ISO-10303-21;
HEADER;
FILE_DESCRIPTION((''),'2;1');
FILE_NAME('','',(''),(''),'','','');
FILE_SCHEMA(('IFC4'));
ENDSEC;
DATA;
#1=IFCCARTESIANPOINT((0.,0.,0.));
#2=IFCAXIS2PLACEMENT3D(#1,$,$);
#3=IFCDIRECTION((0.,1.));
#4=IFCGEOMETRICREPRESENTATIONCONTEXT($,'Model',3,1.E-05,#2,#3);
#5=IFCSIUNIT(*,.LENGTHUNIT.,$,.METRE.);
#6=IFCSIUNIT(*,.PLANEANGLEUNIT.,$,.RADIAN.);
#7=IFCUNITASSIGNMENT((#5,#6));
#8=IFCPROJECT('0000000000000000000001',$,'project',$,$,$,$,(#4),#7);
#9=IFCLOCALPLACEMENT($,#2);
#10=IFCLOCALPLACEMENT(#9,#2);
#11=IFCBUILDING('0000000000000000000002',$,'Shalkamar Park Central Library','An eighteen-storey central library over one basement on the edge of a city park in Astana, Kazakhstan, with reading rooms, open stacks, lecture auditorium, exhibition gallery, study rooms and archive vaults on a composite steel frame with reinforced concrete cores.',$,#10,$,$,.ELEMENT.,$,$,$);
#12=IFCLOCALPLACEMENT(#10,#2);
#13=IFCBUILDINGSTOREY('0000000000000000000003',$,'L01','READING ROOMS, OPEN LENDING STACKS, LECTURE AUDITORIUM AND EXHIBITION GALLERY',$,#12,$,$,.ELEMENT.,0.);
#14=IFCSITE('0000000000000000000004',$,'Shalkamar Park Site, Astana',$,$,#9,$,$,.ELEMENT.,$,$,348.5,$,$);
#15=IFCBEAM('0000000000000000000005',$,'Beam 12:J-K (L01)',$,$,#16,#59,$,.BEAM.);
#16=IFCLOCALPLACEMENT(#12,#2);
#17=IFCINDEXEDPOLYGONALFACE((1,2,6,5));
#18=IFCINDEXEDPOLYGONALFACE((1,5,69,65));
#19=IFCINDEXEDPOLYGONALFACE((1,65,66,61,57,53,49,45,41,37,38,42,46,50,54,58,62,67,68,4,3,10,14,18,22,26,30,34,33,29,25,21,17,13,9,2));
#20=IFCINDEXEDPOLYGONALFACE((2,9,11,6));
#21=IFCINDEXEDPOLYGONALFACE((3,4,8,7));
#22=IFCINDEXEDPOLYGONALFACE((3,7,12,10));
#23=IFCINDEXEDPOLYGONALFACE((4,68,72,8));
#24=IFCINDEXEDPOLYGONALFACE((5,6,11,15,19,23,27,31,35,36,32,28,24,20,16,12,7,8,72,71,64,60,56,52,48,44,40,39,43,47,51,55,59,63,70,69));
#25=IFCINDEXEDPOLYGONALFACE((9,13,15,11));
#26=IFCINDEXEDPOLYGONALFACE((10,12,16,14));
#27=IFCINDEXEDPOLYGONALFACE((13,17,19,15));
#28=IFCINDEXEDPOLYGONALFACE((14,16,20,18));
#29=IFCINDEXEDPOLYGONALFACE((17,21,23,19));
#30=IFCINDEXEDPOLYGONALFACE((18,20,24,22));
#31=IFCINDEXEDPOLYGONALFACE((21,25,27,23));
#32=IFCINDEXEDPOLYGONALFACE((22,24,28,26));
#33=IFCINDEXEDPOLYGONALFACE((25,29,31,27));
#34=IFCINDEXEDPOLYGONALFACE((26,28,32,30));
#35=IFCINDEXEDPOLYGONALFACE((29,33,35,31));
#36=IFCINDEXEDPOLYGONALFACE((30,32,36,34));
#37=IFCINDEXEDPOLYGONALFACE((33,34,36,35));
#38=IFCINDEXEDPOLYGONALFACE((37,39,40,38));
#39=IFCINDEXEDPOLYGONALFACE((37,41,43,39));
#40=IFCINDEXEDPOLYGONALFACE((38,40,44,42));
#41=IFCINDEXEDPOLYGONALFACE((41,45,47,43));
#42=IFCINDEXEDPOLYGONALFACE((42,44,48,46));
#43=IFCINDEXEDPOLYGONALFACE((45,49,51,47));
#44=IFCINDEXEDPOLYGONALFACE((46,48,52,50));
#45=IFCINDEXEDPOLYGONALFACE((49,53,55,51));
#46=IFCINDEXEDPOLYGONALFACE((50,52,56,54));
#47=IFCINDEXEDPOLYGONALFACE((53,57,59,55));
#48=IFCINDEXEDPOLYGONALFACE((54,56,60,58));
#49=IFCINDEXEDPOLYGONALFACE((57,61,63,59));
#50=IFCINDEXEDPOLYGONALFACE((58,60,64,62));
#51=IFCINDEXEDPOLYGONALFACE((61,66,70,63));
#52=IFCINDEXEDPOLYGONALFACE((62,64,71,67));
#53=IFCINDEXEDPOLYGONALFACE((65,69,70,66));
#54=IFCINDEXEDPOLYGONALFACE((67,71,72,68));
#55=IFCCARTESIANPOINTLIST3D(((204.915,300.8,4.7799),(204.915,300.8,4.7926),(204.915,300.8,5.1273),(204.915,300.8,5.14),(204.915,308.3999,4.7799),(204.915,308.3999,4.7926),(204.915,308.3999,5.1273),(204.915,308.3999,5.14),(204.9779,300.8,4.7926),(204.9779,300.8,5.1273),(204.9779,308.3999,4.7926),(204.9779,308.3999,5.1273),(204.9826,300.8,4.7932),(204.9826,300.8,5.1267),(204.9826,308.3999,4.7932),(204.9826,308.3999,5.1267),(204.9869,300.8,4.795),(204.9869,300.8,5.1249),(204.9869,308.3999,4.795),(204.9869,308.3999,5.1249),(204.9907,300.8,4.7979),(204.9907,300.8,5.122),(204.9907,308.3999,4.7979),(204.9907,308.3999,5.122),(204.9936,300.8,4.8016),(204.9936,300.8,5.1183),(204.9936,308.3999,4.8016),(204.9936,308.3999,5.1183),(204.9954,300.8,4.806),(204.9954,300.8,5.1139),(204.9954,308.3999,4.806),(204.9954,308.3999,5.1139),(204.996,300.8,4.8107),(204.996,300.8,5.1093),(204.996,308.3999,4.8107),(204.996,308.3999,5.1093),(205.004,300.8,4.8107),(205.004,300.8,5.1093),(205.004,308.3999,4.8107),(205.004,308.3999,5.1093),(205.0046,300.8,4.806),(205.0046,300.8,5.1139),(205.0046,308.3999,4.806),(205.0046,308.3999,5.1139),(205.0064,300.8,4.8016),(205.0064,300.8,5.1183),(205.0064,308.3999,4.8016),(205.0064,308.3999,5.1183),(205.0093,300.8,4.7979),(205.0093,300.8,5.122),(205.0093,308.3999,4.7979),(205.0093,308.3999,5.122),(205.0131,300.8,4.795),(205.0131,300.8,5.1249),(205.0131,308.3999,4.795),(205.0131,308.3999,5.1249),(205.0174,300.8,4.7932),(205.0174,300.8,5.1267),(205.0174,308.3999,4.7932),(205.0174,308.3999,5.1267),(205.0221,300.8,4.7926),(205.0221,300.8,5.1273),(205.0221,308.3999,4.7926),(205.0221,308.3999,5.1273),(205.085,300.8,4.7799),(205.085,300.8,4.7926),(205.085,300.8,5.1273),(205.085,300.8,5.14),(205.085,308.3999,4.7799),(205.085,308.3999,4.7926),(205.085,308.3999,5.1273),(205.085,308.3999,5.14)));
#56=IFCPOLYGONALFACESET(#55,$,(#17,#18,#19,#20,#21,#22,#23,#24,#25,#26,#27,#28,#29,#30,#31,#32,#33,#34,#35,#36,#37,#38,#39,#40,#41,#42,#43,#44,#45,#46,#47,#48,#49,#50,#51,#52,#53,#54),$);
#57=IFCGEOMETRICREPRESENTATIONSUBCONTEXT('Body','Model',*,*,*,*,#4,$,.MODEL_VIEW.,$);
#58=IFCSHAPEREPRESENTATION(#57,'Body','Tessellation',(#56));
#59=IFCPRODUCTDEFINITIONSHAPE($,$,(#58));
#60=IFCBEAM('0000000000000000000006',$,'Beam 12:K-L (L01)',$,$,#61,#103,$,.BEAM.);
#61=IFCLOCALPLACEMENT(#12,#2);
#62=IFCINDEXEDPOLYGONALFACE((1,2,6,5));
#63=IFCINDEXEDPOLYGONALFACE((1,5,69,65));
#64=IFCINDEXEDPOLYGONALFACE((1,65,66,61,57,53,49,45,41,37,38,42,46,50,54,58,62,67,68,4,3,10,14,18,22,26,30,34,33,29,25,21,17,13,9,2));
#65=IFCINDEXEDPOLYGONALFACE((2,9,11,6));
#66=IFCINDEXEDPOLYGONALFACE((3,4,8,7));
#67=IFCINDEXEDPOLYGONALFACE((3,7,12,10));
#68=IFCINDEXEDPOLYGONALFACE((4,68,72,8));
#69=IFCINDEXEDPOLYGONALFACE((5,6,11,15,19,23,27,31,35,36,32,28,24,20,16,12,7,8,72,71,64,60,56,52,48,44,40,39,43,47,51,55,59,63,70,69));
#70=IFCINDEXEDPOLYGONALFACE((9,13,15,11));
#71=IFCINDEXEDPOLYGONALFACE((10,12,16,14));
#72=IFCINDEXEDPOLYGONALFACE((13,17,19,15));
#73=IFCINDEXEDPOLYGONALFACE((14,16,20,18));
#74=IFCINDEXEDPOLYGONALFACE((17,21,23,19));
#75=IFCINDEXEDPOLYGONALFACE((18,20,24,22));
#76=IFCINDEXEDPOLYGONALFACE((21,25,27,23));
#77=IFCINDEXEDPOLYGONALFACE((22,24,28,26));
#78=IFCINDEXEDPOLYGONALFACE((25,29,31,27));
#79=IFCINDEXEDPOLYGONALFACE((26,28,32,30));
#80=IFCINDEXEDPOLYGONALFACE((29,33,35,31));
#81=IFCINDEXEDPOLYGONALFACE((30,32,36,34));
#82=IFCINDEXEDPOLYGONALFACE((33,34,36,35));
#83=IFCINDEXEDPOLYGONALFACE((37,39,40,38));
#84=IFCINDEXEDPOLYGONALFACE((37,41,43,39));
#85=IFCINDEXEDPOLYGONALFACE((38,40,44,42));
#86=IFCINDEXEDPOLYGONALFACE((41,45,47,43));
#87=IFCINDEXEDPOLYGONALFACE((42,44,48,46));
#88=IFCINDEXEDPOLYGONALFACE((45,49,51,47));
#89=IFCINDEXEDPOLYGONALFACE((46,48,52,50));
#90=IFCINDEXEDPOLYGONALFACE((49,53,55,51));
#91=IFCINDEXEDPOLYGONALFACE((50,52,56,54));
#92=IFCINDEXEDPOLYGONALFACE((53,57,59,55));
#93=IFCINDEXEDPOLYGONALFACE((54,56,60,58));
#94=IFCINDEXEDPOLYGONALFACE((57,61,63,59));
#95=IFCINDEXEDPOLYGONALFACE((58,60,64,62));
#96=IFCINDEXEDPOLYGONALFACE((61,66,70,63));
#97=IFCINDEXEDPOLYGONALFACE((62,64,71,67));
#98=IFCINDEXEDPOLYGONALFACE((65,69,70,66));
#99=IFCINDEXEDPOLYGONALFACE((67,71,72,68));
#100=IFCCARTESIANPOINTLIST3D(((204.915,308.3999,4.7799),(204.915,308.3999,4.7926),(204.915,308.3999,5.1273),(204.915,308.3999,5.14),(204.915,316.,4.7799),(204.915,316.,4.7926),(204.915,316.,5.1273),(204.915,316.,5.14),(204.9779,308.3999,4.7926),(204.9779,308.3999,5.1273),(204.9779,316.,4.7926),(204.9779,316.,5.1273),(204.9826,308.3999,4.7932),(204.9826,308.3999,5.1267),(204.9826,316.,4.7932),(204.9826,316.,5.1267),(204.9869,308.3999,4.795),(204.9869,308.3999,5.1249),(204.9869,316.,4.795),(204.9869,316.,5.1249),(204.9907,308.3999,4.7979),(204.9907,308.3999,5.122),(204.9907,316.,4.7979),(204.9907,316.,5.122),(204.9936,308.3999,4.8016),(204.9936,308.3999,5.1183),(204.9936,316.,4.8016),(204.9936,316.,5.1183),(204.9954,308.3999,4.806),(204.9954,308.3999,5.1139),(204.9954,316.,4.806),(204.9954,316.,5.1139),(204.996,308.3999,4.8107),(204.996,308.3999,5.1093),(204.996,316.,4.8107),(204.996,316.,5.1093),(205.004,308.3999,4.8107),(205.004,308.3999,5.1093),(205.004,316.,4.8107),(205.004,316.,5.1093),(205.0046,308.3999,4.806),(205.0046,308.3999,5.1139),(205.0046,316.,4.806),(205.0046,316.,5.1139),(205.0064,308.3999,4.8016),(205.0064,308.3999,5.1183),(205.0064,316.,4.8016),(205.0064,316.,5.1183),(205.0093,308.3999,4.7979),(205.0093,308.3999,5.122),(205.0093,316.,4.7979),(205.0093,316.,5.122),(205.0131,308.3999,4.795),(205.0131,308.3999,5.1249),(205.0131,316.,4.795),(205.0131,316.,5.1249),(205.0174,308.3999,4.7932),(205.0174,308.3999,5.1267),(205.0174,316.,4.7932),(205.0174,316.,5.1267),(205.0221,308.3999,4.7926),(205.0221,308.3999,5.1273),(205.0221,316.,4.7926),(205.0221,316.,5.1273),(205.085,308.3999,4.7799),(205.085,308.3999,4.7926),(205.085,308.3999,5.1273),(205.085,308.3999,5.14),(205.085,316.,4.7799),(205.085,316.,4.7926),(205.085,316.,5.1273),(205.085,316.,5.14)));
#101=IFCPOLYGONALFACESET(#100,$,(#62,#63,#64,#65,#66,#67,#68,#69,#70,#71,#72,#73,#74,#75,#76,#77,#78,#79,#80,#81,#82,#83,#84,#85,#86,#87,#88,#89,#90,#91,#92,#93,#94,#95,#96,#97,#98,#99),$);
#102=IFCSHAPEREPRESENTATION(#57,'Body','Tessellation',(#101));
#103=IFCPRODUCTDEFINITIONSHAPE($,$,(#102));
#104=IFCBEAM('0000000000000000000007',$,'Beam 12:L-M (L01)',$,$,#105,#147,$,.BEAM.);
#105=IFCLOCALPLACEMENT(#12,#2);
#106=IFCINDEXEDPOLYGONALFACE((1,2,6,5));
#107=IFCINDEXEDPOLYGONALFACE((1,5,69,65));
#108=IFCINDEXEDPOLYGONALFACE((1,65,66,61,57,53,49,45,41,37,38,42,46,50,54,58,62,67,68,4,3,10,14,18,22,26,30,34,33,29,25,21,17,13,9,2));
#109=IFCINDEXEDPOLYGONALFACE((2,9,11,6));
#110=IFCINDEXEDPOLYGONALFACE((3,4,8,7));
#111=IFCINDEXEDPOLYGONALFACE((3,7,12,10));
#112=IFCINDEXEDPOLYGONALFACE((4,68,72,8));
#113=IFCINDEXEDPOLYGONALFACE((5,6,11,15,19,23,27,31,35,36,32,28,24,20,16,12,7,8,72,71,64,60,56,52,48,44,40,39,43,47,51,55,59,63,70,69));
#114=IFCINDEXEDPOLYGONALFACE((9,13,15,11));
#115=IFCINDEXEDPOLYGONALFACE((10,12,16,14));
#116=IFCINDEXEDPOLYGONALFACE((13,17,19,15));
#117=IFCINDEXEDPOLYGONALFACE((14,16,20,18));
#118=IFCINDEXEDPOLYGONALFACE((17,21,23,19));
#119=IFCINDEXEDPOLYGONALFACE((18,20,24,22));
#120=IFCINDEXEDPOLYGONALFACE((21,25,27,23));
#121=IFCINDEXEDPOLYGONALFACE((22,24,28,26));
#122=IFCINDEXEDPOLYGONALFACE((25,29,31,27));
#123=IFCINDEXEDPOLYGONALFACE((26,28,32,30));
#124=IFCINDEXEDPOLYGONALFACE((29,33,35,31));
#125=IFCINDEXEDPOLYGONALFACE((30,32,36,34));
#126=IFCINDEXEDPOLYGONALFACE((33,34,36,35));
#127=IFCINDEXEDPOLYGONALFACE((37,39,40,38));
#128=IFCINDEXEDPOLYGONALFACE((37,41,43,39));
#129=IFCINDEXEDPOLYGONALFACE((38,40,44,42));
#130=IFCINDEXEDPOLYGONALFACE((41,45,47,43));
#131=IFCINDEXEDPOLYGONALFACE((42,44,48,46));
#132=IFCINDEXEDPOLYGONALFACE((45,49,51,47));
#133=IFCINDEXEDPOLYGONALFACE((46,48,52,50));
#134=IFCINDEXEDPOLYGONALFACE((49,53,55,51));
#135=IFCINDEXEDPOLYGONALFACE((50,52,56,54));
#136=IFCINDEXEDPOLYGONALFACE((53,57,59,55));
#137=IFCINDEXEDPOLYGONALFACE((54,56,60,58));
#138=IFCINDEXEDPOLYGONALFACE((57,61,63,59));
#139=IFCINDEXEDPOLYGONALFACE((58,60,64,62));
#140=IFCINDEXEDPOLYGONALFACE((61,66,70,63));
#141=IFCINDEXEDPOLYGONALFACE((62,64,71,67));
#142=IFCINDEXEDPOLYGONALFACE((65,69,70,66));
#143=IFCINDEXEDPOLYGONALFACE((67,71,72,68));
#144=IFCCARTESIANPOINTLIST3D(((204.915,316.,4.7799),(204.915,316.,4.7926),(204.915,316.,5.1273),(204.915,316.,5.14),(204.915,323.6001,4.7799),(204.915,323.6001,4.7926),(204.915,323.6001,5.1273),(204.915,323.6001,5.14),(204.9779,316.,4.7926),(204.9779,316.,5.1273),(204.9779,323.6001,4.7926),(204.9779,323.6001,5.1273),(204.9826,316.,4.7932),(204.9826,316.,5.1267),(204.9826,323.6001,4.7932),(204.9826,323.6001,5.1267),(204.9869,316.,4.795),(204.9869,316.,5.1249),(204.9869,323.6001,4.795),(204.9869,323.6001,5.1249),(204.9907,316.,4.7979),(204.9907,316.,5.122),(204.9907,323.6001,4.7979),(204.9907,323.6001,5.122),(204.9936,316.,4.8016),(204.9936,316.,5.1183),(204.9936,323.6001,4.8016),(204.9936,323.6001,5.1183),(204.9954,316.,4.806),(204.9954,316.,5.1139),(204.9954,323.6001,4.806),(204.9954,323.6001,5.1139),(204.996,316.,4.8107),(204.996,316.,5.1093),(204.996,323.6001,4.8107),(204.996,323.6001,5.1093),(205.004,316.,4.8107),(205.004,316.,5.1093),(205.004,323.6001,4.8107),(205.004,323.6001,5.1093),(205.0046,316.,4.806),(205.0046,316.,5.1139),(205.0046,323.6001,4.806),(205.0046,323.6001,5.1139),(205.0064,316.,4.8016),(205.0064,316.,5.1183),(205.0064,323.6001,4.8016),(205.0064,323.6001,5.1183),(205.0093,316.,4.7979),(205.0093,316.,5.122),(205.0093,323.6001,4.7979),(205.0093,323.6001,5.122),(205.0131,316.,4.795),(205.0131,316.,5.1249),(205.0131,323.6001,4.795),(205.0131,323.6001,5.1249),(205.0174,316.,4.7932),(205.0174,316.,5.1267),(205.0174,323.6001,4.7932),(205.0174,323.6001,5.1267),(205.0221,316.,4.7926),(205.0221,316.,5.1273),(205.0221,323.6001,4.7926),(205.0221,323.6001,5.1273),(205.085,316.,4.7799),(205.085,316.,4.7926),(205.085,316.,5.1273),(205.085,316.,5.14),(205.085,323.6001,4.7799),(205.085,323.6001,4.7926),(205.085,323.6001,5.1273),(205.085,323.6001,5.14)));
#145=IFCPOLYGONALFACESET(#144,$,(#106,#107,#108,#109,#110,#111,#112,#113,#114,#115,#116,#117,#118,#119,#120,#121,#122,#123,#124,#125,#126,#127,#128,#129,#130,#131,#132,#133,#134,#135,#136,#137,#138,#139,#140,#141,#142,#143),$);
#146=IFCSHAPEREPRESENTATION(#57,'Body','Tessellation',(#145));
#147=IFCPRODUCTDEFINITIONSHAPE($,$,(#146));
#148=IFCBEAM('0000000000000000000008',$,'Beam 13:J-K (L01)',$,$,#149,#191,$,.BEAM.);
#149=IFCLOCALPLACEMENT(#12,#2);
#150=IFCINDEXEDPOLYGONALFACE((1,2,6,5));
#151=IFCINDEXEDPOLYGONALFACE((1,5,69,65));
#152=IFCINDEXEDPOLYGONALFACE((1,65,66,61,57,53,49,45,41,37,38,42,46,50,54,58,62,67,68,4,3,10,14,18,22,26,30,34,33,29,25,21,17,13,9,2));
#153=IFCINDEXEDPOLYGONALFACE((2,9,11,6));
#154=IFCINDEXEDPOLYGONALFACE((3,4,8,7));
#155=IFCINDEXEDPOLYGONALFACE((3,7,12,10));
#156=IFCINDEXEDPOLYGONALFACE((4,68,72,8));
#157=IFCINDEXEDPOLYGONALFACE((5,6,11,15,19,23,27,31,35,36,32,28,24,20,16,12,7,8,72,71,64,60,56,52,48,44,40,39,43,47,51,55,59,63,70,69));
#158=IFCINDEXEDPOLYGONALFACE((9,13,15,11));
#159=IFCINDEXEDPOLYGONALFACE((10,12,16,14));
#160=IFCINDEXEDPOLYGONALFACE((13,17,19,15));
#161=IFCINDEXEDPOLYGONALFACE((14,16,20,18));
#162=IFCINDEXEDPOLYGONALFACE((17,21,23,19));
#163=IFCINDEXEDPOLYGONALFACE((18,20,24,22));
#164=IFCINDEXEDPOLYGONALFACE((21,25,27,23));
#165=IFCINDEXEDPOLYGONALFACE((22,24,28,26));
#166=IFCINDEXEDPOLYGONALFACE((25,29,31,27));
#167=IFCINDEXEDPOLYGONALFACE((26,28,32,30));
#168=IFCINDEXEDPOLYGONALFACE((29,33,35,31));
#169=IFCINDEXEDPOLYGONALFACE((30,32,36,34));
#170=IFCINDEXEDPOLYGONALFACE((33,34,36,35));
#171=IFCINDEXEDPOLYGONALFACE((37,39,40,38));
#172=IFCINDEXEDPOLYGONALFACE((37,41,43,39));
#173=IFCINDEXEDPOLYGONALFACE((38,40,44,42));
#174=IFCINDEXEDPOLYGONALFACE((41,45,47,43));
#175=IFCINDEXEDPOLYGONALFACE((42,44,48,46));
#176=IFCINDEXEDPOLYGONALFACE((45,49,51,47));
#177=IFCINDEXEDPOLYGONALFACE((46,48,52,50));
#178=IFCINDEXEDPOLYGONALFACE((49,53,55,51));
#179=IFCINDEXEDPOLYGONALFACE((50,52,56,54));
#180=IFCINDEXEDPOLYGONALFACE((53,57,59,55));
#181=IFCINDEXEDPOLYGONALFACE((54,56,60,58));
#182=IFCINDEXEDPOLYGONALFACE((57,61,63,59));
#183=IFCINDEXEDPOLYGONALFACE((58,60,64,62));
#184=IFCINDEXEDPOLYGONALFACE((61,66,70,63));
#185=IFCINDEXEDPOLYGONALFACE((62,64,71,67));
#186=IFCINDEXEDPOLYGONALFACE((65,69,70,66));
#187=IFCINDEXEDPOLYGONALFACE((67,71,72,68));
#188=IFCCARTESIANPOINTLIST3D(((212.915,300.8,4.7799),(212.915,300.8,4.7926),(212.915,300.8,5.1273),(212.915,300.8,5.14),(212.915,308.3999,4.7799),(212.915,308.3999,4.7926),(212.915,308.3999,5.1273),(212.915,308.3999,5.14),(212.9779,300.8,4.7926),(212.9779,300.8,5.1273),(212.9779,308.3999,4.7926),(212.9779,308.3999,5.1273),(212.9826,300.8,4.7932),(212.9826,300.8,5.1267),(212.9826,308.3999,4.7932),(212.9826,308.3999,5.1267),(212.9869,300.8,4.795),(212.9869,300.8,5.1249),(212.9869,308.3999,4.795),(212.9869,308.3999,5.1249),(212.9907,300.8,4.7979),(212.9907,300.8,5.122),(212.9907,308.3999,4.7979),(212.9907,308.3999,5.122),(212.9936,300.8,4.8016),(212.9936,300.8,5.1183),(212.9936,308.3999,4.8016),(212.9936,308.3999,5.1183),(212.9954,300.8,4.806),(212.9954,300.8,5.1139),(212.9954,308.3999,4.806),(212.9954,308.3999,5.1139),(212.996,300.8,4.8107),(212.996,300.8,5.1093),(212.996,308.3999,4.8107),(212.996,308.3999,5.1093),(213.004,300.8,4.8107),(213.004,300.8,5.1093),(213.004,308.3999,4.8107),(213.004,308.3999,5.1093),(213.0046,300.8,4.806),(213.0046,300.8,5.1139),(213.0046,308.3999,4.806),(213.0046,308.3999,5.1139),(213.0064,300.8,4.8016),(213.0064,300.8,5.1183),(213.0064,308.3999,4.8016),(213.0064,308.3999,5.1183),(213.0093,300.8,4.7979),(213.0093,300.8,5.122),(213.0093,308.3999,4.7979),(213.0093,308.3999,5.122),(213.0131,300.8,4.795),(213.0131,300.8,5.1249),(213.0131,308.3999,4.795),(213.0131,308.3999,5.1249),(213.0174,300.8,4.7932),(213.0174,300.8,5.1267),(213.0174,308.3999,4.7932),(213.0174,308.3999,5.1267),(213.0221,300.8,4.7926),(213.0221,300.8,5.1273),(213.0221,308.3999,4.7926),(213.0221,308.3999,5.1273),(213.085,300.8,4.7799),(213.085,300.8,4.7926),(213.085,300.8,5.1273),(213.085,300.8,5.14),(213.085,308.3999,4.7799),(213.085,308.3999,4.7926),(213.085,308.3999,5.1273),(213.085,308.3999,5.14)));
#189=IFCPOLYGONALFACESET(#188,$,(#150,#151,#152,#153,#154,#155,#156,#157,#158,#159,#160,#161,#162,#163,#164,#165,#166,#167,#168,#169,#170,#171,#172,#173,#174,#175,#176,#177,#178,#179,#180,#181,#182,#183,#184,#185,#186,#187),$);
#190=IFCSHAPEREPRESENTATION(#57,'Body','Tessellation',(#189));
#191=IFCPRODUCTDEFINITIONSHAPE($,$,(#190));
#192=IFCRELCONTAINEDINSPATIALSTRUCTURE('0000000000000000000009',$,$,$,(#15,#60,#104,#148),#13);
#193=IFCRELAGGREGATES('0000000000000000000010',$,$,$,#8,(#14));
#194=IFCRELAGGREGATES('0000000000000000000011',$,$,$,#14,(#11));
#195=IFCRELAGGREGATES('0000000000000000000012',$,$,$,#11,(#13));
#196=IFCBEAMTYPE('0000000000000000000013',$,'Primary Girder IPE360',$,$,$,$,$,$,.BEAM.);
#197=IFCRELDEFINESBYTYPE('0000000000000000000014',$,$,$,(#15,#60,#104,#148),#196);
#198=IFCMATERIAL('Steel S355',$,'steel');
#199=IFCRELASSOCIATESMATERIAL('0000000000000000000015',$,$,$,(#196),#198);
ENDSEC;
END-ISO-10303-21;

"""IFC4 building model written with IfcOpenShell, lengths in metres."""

from ifc_helpers import new_model, si_unit, direction, frame, origin, origin_2d, place, context, subcontext, project, spatial, i_section, extrude, material, material_profile, profile_set, type_object, element, save


model = new_model("IFC4")

# Units and contexts
model_context = context("Model", 3, precision=1e-05, world=origin(), true_north=direction((0.0, 1.0)))
body_context = subcontext(model_context, "Body", "Model", "MODEL_VIEW")
ifc_project = project(units=[si_unit("LENGTHUNIT", "METRE"), si_unit("PLANEANGLEUNIT", "RADIAN")], contexts=[model_context])

# Site, building, storey
site_placement = place(None, origin())
site = spatial("IfcSite", under=ifc_project, at=site_placement, Name="Shalkamar Park Site, Astana", CompositionType="ELEMENT", RefElevation=348.5)
building_placement = place(site_placement, origin())
building = spatial("IfcBuilding", under=site, at=building_placement, Name="Shalkamar Park Central Library", Description="An eighteen-storey central library over one basement on the edge of a city park in Astana, Kazakhstan, with reading rooms, open stacks, lecture auditorium, exhibition gallery, study rooms and archive vaults on a composite steel frame with reinforced concrete cores.", CompositionType="ELEMENT")
storey_placement = place(building_placement, origin())
storey = spatial("IfcBuildingStorey", under=building, at=storey_placement, Name="L01", Description="READING ROOMS, OPEN LENDING STACKS, LECTURE AUDITORIUM AND EXHIBITION GALLERY", CompositionType="ELEMENT", Elevation=0.0)

# Shared definitions
ifc_material_1 = material(Name="Steel S355", Category="steel")

# Beams
ifc_material_profile_1 = material_profile(ifc_material_1, i_section(OverallWidth=0.1699, OverallDepth=0.3601, WebThickness=0.0081, FlangeThickness=0.0127, FilletRadius=0.0181, at=origin_2d()), Name="IPE 360")
ifc_profile_set_1 = profile_set([ifc_material_profile_1], Name="Steel S355")
beam_type_1 = type_object("IfcBeamType", Name="Primary Girder IPE360", PredefinedType="BEAM", material=ifc_profile_set_1)
beam_1_placement = place(storey_placement, frame((205.0, 300.8, 4.96), z_axis=(0.0, 1.0, 0.0), x_axis=(-1.0, 0.0, 0.0)))
element("IfcBeam", 1, at=beam_1_placement, inside=storey, type_object=beam_type_1, Name="Beam 12:J-K (L01)", PredefinedType="BEAM", context=body_context, shape_type="SweptSolid", body=[
    extrude(i_section(OverallWidth=0.1699, OverallDepth=0.3601, WebThickness=0.0081, FlangeThickness=0.0127, FilletRadius=0.0181, at=origin_2d()), origin(), (0.0, 0.0, 1.0), 7.5999),
])
for number, where, z_axis, x_axis, name in (
    (2, (205.0, 308.3999, 4.96), (0.0, 1.0, 0.0), (-1.0, 0.0, 0.0), "Beam 12:K-L (L01)"),
    (3, (205.0, 316.0, 4.96), (0.0, 1.0, 0.0), (-1.0, 0.0, 0.0), "Beam 12:L-M (L01)"),
):
    element("IfcBeam", number, at=place(storey_placement, frame(where, z_axis=z_axis, x_axis=x_axis)), inside=storey, type_object=beam_type_1, Name=name, PredefinedType="BEAM", context=body_context, shape_type="SweptSolid", body=[
        extrude(i_section(OverallWidth=0.1699, OverallDepth=0.3601, WebThickness=0.0081, FlangeThickness=0.0127, FilletRadius=0.0181, at=origin_2d()), origin(), (0.0, 0.0, 1.0), 7.6001),
    ])
beam_2_placement = place(storey_placement, frame((213.0, 300.8, 4.96), z_axis=(0.0, 1.0, 0.0), x_axis=(-1.0, 0.0, 0.0)))
element("IfcBeam", 4, at=beam_2_placement, inside=storey, type_object=beam_type_1, Name="Beam 13:J-K (L01)", PredefinedType="BEAM", context=body_context, shape_type="SweptSolid", body=[
    extrude(i_section(OverallWidth=0.1699, OverallDepth=0.3601, WebThickness=0.0081, FlangeThickness=0.0127, FilletRadius=0.0181, at=origin_2d()), origin(), (0.0, 0.0, 1.0), 7.5999),
])

save(model, "model.ifc")
